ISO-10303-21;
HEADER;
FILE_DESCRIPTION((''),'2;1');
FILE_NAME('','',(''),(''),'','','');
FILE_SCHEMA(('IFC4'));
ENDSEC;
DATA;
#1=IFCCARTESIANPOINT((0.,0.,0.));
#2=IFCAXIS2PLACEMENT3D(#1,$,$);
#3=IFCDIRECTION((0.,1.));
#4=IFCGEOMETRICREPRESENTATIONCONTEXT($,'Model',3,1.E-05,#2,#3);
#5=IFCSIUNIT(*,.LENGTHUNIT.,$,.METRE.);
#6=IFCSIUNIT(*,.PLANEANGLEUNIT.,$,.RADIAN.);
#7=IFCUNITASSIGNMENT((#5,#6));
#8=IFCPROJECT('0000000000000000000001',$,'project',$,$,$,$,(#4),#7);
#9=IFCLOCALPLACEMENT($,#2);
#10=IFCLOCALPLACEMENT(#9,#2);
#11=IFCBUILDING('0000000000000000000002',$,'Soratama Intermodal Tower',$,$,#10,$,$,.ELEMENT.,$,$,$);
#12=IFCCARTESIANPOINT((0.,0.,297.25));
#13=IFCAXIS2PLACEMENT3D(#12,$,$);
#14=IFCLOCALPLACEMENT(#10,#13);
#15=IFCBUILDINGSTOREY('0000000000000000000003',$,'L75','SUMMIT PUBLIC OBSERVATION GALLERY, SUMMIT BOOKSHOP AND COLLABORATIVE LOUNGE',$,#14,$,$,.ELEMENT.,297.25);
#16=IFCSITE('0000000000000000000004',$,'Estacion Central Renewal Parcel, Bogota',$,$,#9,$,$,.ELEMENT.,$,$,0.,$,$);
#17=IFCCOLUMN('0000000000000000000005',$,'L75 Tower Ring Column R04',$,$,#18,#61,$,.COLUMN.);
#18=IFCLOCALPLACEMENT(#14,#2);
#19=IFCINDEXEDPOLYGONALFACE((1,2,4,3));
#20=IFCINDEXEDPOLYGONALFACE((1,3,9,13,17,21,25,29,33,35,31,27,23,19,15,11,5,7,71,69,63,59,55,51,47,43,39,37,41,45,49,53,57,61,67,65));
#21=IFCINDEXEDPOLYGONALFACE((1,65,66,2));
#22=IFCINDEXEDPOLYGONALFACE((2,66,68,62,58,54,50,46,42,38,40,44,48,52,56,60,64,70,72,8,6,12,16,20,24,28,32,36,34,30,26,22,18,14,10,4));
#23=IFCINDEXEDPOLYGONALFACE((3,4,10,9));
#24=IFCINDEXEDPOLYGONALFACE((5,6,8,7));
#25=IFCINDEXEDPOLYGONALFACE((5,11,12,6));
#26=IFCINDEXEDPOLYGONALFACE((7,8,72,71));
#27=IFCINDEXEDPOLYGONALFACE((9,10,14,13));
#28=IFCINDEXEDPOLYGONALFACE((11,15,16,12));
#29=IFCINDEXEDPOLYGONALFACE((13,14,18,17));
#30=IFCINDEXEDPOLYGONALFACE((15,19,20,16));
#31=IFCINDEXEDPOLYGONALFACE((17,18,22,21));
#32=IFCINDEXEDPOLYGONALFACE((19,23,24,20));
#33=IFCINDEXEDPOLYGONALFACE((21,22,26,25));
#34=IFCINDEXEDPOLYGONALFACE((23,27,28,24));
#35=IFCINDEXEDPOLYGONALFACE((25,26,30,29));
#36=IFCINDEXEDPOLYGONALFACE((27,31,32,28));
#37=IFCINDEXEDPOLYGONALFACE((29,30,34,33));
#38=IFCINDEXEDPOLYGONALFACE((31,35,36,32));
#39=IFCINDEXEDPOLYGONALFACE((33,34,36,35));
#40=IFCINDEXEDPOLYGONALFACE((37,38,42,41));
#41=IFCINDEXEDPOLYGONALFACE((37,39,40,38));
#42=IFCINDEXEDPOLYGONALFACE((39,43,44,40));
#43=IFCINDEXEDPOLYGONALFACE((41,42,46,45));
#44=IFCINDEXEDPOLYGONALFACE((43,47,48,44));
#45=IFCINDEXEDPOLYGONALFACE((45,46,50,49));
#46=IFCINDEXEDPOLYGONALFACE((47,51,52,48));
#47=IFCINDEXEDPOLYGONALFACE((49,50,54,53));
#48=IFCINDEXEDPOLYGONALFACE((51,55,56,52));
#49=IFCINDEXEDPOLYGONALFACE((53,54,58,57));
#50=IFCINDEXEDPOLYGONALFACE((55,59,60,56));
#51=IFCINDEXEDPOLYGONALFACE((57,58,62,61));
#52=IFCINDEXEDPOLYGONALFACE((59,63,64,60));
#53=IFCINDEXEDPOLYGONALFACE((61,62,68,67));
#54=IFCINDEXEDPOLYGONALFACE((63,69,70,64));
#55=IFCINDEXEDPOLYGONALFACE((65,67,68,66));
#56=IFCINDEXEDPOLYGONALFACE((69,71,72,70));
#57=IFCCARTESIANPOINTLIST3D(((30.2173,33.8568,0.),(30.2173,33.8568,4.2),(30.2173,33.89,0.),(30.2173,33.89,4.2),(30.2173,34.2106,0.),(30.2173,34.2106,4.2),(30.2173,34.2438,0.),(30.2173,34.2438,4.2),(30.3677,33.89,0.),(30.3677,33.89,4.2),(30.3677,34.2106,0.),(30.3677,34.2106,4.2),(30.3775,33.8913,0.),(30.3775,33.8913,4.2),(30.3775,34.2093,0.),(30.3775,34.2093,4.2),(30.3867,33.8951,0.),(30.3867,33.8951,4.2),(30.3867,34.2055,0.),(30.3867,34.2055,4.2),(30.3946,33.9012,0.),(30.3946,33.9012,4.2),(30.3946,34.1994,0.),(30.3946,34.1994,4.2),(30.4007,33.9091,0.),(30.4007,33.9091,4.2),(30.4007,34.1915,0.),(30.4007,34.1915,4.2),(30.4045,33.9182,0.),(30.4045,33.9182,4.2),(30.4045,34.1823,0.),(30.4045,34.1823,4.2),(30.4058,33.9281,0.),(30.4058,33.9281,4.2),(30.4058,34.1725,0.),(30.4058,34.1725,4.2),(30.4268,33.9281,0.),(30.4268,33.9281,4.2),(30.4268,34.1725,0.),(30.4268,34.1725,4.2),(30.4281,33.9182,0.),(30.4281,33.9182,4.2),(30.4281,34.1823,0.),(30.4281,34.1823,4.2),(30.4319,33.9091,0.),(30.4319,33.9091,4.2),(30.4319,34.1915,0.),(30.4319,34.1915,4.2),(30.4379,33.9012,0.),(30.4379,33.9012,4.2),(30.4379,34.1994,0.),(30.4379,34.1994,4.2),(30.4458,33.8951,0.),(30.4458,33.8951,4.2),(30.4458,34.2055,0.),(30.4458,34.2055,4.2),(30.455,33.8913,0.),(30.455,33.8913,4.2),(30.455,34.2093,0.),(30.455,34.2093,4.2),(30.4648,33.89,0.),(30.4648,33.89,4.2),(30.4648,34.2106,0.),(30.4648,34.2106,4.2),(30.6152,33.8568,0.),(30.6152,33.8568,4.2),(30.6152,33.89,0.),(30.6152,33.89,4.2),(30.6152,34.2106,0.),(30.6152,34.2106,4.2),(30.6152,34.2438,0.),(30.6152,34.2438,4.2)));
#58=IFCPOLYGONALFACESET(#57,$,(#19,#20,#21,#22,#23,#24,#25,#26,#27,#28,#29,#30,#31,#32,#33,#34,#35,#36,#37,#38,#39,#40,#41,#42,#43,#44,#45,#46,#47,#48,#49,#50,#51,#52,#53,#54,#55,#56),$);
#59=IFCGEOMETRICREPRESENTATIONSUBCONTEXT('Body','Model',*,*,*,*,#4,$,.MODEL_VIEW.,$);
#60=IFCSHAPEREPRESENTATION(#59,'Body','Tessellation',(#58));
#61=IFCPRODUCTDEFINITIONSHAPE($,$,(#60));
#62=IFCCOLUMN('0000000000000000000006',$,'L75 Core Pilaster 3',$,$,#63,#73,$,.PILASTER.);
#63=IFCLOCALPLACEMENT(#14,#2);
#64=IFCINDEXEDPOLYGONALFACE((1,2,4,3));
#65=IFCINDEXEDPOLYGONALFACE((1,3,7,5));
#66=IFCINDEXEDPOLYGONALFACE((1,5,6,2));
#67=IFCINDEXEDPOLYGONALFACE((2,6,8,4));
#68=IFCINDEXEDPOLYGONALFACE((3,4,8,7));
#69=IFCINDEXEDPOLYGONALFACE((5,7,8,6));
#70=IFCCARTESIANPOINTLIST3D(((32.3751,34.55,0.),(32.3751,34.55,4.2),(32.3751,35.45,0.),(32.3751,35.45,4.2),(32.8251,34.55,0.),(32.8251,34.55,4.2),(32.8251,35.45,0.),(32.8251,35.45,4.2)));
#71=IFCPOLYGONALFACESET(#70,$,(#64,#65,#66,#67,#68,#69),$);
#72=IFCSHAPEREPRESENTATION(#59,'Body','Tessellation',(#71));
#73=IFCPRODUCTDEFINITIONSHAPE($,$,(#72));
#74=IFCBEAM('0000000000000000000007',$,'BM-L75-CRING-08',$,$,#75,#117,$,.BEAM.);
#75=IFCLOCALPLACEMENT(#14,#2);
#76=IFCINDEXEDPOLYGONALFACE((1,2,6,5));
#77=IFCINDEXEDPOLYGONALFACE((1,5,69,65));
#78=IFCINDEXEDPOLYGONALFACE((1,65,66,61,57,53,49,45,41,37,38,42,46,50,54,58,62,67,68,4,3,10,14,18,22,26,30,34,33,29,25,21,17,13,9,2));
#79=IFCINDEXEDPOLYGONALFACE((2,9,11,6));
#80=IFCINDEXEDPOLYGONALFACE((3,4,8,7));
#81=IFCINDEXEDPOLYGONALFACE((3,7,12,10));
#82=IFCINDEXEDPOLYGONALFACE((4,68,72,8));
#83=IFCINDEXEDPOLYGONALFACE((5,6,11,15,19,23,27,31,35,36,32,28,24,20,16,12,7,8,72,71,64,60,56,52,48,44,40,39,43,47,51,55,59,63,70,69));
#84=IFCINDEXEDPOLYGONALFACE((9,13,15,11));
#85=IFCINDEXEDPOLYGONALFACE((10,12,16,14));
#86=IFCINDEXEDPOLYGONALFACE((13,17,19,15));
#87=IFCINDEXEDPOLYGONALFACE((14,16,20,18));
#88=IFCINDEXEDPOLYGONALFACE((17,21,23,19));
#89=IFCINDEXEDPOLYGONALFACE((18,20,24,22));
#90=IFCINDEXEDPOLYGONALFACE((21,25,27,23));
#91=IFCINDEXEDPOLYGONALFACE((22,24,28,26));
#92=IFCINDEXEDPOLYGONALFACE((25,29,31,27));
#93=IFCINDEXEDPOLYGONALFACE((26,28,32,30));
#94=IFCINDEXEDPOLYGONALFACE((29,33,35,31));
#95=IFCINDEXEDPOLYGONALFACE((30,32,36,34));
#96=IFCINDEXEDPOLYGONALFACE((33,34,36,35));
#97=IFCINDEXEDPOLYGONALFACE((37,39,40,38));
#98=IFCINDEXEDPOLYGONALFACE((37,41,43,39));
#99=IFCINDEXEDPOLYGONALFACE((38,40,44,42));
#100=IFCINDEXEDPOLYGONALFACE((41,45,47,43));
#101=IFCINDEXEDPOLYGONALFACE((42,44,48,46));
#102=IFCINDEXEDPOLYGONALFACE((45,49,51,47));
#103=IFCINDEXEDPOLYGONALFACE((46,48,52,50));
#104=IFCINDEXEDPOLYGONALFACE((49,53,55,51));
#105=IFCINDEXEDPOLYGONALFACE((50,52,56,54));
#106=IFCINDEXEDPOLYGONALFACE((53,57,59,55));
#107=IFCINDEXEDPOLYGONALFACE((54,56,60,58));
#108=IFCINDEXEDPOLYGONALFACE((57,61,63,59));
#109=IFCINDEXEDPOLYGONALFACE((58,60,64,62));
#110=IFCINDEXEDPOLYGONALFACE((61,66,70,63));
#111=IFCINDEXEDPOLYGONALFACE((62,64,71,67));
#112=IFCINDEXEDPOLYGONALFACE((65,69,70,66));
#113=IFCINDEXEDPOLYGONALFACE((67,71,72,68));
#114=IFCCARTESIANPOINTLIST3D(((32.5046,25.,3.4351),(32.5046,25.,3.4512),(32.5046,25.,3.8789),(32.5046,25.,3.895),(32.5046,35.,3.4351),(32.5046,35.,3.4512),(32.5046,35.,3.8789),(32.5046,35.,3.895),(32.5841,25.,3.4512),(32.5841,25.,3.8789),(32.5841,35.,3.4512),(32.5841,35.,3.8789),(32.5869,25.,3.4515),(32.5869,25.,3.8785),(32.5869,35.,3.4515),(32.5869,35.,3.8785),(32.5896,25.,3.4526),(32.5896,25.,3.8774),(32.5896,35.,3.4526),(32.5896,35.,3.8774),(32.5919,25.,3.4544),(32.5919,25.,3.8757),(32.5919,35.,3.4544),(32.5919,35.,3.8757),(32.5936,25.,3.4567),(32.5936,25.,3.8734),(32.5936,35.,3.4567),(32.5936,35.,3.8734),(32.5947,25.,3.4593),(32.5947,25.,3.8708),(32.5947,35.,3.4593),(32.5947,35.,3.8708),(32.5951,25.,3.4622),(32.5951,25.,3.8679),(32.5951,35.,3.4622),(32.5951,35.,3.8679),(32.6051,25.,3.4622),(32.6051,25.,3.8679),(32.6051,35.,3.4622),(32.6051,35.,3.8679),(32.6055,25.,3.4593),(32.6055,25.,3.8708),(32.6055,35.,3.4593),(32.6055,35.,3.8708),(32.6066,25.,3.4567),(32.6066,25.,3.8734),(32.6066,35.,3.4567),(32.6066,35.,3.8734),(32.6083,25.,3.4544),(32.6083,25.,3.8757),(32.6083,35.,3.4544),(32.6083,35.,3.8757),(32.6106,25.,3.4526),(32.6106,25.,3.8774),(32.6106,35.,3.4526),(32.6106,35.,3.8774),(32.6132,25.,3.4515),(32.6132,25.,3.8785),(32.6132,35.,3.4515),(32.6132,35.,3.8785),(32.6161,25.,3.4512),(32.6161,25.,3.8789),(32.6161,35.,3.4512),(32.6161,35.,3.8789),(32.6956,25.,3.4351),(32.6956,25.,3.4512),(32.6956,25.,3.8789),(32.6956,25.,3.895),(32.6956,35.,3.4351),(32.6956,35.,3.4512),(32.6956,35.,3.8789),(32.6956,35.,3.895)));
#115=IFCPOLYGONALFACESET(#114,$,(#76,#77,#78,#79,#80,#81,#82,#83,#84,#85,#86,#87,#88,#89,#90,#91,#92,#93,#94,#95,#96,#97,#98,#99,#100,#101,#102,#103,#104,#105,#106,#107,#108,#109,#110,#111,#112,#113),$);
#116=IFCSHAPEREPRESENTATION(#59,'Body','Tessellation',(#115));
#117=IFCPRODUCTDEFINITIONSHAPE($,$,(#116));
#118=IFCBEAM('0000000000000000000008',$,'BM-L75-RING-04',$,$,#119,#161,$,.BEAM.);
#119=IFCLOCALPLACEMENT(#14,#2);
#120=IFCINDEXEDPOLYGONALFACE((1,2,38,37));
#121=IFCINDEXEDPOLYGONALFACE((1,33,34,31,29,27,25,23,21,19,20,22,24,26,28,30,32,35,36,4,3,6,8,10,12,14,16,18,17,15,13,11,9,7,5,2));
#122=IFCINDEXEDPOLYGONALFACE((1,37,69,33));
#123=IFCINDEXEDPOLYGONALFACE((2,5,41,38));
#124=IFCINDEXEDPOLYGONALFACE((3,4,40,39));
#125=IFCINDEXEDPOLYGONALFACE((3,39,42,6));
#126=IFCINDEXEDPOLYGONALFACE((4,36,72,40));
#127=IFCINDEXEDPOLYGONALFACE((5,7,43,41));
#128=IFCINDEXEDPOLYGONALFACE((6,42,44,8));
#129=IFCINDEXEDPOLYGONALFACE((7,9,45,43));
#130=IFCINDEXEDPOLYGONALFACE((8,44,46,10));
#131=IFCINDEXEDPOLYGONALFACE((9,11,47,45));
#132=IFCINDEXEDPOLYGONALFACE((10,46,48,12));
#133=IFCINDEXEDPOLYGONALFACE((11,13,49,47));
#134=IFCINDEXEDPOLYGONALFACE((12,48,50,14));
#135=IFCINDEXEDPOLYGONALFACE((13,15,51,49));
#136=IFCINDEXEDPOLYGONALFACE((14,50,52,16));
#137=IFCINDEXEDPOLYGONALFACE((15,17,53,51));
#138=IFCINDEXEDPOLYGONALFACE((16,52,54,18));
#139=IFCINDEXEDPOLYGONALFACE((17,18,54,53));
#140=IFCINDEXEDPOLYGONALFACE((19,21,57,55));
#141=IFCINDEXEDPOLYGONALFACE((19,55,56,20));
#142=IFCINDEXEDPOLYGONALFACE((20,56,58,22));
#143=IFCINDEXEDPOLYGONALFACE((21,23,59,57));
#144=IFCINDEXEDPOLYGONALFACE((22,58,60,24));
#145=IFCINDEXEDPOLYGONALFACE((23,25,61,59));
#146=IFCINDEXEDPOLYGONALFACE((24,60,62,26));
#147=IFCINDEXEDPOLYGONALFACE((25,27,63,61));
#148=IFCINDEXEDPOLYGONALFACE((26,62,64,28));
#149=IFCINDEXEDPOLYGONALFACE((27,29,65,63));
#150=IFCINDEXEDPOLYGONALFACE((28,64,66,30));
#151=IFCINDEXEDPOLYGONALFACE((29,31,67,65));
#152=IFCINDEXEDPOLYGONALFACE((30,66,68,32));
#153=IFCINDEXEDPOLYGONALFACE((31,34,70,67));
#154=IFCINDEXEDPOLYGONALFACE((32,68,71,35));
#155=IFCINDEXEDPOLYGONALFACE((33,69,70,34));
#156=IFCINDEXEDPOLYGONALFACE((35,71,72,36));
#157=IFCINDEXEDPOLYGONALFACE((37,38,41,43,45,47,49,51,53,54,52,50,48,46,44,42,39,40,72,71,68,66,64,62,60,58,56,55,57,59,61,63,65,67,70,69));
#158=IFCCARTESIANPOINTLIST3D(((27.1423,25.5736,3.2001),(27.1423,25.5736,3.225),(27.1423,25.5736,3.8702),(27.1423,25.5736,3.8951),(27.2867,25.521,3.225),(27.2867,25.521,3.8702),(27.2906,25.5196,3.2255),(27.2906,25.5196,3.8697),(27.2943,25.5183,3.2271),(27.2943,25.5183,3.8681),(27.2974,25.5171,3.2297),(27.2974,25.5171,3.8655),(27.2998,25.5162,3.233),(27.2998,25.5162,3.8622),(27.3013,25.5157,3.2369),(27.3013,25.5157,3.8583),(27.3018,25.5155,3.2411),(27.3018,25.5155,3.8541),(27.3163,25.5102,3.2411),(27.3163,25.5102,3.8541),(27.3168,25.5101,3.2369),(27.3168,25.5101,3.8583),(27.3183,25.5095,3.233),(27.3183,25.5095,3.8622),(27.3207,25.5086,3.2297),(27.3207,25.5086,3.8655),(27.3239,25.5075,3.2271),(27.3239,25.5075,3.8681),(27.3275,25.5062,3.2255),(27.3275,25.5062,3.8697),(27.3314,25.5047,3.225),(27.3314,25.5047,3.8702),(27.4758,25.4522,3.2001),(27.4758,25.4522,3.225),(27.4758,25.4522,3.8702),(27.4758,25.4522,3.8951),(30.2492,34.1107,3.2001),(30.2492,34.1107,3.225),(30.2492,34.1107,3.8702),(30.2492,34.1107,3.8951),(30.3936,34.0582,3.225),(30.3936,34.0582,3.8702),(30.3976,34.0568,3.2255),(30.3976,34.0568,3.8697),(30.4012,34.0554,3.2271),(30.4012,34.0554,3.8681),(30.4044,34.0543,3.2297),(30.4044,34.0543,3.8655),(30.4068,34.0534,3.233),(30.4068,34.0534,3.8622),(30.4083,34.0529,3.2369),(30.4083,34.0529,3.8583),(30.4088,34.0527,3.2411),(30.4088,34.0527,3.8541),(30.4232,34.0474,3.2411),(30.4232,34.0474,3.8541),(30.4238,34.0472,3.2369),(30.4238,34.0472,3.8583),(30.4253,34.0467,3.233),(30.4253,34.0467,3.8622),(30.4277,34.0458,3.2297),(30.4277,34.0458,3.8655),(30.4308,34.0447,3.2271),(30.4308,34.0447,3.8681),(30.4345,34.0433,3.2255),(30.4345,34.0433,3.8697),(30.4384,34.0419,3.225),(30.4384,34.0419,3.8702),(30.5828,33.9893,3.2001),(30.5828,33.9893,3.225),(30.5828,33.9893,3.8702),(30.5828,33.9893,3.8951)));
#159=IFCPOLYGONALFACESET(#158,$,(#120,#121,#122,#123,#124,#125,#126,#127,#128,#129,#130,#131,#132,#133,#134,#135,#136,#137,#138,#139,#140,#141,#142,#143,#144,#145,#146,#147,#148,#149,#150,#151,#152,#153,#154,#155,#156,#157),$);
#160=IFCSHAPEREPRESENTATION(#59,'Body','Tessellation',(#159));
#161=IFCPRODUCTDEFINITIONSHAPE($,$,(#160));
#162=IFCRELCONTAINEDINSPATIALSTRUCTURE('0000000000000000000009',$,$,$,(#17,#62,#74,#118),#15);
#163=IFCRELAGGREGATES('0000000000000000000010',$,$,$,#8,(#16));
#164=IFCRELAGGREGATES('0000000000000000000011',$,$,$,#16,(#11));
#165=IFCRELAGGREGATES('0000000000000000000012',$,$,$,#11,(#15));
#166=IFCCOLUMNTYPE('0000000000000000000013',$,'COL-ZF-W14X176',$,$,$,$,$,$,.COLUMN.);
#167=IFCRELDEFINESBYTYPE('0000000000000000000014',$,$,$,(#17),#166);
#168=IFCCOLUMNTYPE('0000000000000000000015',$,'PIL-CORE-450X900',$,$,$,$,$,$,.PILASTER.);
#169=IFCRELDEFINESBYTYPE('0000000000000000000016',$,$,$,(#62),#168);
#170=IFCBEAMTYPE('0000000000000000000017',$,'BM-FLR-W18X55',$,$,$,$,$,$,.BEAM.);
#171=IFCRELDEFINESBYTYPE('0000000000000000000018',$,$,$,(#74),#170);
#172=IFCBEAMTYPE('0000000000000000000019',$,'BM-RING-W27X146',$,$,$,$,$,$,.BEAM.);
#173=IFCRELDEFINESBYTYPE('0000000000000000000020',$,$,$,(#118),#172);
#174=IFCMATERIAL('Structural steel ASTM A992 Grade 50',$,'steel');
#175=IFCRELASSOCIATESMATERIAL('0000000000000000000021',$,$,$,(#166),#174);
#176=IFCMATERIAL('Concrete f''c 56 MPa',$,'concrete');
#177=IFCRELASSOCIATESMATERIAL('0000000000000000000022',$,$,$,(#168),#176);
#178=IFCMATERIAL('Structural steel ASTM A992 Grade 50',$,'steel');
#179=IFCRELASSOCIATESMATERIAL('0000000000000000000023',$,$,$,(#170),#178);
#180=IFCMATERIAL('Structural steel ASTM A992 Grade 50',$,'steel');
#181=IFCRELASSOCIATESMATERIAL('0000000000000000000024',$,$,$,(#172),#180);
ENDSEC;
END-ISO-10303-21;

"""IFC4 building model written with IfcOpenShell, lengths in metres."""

from ifc_helpers import new_model, si_unit, direction, frame, origin, origin_2d, place, context, subcontext, project, spatial, rectangle, i_section, extrude, material, material_profile, profile_set, type_object, element, save


model = new_model("IFC4")

# Units and contexts
model_context = context("Model", 3, precision=1e-05, world=origin(), true_north=direction((0.0, 1.0)))
body_context = subcontext(model_context, "Body", "Model", "MODEL_VIEW")
ifc_project = project(units=[si_unit("LENGTHUNIT", "METRE"), si_unit("PLANEANGLEUNIT", "RADIAN")], contexts=[model_context])

# Site, building, storey
site_placement = place(None, origin())
site = spatial("IfcSite", under=ifc_project, at=site_placement, Name="Estacion Central Renewal Parcel, Bogota", CompositionType="ELEMENT", RefElevation=0.0)
building_placement = place(site_placement, origin())
building = spatial("IfcBuilding", under=site, at=building_placement, Name="Soratama Intermodal Tower", CompositionType="ELEMENT")
storey_placement = place(building_placement, frame((0.0, 0.0, 297.25)))
storey = spatial("IfcBuildingStorey", under=building, at=storey_placement, Name="L75", Description="SUMMIT PUBLIC OBSERVATION GALLERY, SUMMIT BOOKSHOP AND COLLABORATIVE LOUNGE", CompositionType="ELEMENT", Elevation=297.25)

# Columns
ifc_material_1 = material(Name="Structural steel ASTM A992 Grade 50", Category="steel")
ifc_material_profile_1 = material_profile(ifc_material_1, i_section(OverallWidth=0.3979, OverallDepth=0.387, WebThickness=0.021, FlangeThickness=0.0332, FilletRadius=0.0381, at=origin_2d()), Name="W14X176")
ifc_profile_set_1 = profile_set([ifc_material_profile_1], Name="Structural steel ASTM A992 Grade 50")
column_type_1 = type_object("IfcColumnType", Name="COL-ZF-W14X176", PredefinedType="COLUMN", material=ifc_profile_set_1)
column_1_placement = place(storey_placement, frame((30.4163, 34.0503, 0.0), z_axis=(0.0, 0.0, 1.0), x_axis=(1.0, 0.0, 0.0)))
element("IfcColumn", 1, at=column_1_placement, inside=storey, type_object=column_type_1, Name="L75 Tower Ring Column R04", PredefinedType="COLUMN", context=body_context, shape_type="SweptSolid", body=[
    extrude(i_section(OverallWidth=0.3979, OverallDepth=0.387, WebThickness=0.021, FlangeThickness=0.0332, FilletRadius=0.0381, at=origin_2d()), origin(), (0.0, 0.0, 1.0), 4.2),
])
ifc_material_2 = material(Name="Concrete f'c 56 MPa", Category="concrete")
ifc_material_profile_2 = material_profile(ifc_material_2, rectangle(XDim=0.45, YDim=0.8999, at=origin_2d()), Name="RC450X900")
ifc_profile_set_2 = profile_set([ifc_material_profile_2], Name="Concrete f'c 56 MPa")
column_type_2 = type_object("IfcColumnType", Name="PIL-CORE-450X900", PredefinedType="PILASTER", material=ifc_profile_set_2)
column_2_placement = place(storey_placement, frame((32.6001, 35.0, 0.0), z_axis=(0.0, 0.0, 1.0), x_axis=(1.0, 0.0, 0.0)))
element("IfcColumn", 2, at=column_2_placement, inside=storey, type_object=column_type_2, Name="L75 Core Pilaster 3", PredefinedType="PILASTER", context=body_context, shape_type="SweptSolid", body=[
    extrude(rectangle(XDim=0.45, YDim=0.8999, at=origin_2d()), origin(), (0.0, 0.0, 1.0), 4.2),
])

# Beams
ifc_material_3 = material(Name="Structural steel ASTM A992 Grade 50", Category="steel")
ifc_material_profile_3 = material_profile(ifc_material_3, i_section(OverallWidth=0.1909, OverallDepth=0.46, WebThickness=0.01, FlangeThickness=0.0161, FilletRadius=0.011, at=origin_2d()), Name="W18X55")
ifc_profile_set_3 = profile_set([ifc_material_profile_3], Name="Structural steel ASTM A992 Grade 50")
beam_type_1 = type_object("IfcBeamType", Name="BM-FLR-W18X55", PredefinedType="BEAM", material=ifc_profile_set_3)
beam_1_placement = place(storey_placement, frame((32.6001, 35.0, 3.665), z_axis=(0.0, -1.0, 0.0), x_axis=(1.0, 0.0, 0.0)))
element("IfcBeam", 3, at=beam_1_placement, inside=storey, type_object=beam_type_1, Name="BM-L75-CRING-08", PredefinedType="BEAM", context=body_context, shape_type="SweptSolid", body=[
    extrude(i_section(OverallWidth=0.1909, OverallDepth=0.46, WebThickness=0.01, FlangeThickness=0.0161, FilletRadius=0.011, at=origin_2d()), origin(), (0.0, 0.0, 1.0), 10.0),
])
ifc_material_4 = material(Name="Structural steel ASTM A992 Grade 50", Category="steel")
ifc_material_profile_4 = material_profile(ifc_material_4, i_section(OverallWidth=0.355, OverallDepth=0.6951, WebThickness=0.0154, FlangeThickness=0.0249, FilletRadius=0.0161, at=origin_2d()), Name="W27X146")
ifc_profile_set_4 = profile_set([ifc_material_profile_4], Name="Structural steel ASTM A992 Grade 50")
beam_type_2 = type_object("IfcBeamType", Name="BM-RING-W27X146", PredefinedType="BEAM", material=ifc_profile_set_4)
beam_2_placement = place(storey_placement, frame((30.416, 34.05, 3.5476), z_axis=(-0.341989, -0.939704, 0.0), x_axis=(0.939704, -0.341989, 0.0)))
element("IfcBeam", 4, at=beam_2_placement, inside=storey, type_object=beam_type_2, Name="BM-L75-RING-04", PredefinedType="BEAM", context=body_context, shape_type="SweptSolid", body=[
    extrude(i_section(OverallWidth=0.355, OverallDepth=0.6951, WebThickness=0.0154, FlangeThickness=0.0249, FilletRadius=0.0161, at=origin_2d()), origin(), (0.0, 0.0, 1.0), 9.085),
])

save(model, "model.ifc")
